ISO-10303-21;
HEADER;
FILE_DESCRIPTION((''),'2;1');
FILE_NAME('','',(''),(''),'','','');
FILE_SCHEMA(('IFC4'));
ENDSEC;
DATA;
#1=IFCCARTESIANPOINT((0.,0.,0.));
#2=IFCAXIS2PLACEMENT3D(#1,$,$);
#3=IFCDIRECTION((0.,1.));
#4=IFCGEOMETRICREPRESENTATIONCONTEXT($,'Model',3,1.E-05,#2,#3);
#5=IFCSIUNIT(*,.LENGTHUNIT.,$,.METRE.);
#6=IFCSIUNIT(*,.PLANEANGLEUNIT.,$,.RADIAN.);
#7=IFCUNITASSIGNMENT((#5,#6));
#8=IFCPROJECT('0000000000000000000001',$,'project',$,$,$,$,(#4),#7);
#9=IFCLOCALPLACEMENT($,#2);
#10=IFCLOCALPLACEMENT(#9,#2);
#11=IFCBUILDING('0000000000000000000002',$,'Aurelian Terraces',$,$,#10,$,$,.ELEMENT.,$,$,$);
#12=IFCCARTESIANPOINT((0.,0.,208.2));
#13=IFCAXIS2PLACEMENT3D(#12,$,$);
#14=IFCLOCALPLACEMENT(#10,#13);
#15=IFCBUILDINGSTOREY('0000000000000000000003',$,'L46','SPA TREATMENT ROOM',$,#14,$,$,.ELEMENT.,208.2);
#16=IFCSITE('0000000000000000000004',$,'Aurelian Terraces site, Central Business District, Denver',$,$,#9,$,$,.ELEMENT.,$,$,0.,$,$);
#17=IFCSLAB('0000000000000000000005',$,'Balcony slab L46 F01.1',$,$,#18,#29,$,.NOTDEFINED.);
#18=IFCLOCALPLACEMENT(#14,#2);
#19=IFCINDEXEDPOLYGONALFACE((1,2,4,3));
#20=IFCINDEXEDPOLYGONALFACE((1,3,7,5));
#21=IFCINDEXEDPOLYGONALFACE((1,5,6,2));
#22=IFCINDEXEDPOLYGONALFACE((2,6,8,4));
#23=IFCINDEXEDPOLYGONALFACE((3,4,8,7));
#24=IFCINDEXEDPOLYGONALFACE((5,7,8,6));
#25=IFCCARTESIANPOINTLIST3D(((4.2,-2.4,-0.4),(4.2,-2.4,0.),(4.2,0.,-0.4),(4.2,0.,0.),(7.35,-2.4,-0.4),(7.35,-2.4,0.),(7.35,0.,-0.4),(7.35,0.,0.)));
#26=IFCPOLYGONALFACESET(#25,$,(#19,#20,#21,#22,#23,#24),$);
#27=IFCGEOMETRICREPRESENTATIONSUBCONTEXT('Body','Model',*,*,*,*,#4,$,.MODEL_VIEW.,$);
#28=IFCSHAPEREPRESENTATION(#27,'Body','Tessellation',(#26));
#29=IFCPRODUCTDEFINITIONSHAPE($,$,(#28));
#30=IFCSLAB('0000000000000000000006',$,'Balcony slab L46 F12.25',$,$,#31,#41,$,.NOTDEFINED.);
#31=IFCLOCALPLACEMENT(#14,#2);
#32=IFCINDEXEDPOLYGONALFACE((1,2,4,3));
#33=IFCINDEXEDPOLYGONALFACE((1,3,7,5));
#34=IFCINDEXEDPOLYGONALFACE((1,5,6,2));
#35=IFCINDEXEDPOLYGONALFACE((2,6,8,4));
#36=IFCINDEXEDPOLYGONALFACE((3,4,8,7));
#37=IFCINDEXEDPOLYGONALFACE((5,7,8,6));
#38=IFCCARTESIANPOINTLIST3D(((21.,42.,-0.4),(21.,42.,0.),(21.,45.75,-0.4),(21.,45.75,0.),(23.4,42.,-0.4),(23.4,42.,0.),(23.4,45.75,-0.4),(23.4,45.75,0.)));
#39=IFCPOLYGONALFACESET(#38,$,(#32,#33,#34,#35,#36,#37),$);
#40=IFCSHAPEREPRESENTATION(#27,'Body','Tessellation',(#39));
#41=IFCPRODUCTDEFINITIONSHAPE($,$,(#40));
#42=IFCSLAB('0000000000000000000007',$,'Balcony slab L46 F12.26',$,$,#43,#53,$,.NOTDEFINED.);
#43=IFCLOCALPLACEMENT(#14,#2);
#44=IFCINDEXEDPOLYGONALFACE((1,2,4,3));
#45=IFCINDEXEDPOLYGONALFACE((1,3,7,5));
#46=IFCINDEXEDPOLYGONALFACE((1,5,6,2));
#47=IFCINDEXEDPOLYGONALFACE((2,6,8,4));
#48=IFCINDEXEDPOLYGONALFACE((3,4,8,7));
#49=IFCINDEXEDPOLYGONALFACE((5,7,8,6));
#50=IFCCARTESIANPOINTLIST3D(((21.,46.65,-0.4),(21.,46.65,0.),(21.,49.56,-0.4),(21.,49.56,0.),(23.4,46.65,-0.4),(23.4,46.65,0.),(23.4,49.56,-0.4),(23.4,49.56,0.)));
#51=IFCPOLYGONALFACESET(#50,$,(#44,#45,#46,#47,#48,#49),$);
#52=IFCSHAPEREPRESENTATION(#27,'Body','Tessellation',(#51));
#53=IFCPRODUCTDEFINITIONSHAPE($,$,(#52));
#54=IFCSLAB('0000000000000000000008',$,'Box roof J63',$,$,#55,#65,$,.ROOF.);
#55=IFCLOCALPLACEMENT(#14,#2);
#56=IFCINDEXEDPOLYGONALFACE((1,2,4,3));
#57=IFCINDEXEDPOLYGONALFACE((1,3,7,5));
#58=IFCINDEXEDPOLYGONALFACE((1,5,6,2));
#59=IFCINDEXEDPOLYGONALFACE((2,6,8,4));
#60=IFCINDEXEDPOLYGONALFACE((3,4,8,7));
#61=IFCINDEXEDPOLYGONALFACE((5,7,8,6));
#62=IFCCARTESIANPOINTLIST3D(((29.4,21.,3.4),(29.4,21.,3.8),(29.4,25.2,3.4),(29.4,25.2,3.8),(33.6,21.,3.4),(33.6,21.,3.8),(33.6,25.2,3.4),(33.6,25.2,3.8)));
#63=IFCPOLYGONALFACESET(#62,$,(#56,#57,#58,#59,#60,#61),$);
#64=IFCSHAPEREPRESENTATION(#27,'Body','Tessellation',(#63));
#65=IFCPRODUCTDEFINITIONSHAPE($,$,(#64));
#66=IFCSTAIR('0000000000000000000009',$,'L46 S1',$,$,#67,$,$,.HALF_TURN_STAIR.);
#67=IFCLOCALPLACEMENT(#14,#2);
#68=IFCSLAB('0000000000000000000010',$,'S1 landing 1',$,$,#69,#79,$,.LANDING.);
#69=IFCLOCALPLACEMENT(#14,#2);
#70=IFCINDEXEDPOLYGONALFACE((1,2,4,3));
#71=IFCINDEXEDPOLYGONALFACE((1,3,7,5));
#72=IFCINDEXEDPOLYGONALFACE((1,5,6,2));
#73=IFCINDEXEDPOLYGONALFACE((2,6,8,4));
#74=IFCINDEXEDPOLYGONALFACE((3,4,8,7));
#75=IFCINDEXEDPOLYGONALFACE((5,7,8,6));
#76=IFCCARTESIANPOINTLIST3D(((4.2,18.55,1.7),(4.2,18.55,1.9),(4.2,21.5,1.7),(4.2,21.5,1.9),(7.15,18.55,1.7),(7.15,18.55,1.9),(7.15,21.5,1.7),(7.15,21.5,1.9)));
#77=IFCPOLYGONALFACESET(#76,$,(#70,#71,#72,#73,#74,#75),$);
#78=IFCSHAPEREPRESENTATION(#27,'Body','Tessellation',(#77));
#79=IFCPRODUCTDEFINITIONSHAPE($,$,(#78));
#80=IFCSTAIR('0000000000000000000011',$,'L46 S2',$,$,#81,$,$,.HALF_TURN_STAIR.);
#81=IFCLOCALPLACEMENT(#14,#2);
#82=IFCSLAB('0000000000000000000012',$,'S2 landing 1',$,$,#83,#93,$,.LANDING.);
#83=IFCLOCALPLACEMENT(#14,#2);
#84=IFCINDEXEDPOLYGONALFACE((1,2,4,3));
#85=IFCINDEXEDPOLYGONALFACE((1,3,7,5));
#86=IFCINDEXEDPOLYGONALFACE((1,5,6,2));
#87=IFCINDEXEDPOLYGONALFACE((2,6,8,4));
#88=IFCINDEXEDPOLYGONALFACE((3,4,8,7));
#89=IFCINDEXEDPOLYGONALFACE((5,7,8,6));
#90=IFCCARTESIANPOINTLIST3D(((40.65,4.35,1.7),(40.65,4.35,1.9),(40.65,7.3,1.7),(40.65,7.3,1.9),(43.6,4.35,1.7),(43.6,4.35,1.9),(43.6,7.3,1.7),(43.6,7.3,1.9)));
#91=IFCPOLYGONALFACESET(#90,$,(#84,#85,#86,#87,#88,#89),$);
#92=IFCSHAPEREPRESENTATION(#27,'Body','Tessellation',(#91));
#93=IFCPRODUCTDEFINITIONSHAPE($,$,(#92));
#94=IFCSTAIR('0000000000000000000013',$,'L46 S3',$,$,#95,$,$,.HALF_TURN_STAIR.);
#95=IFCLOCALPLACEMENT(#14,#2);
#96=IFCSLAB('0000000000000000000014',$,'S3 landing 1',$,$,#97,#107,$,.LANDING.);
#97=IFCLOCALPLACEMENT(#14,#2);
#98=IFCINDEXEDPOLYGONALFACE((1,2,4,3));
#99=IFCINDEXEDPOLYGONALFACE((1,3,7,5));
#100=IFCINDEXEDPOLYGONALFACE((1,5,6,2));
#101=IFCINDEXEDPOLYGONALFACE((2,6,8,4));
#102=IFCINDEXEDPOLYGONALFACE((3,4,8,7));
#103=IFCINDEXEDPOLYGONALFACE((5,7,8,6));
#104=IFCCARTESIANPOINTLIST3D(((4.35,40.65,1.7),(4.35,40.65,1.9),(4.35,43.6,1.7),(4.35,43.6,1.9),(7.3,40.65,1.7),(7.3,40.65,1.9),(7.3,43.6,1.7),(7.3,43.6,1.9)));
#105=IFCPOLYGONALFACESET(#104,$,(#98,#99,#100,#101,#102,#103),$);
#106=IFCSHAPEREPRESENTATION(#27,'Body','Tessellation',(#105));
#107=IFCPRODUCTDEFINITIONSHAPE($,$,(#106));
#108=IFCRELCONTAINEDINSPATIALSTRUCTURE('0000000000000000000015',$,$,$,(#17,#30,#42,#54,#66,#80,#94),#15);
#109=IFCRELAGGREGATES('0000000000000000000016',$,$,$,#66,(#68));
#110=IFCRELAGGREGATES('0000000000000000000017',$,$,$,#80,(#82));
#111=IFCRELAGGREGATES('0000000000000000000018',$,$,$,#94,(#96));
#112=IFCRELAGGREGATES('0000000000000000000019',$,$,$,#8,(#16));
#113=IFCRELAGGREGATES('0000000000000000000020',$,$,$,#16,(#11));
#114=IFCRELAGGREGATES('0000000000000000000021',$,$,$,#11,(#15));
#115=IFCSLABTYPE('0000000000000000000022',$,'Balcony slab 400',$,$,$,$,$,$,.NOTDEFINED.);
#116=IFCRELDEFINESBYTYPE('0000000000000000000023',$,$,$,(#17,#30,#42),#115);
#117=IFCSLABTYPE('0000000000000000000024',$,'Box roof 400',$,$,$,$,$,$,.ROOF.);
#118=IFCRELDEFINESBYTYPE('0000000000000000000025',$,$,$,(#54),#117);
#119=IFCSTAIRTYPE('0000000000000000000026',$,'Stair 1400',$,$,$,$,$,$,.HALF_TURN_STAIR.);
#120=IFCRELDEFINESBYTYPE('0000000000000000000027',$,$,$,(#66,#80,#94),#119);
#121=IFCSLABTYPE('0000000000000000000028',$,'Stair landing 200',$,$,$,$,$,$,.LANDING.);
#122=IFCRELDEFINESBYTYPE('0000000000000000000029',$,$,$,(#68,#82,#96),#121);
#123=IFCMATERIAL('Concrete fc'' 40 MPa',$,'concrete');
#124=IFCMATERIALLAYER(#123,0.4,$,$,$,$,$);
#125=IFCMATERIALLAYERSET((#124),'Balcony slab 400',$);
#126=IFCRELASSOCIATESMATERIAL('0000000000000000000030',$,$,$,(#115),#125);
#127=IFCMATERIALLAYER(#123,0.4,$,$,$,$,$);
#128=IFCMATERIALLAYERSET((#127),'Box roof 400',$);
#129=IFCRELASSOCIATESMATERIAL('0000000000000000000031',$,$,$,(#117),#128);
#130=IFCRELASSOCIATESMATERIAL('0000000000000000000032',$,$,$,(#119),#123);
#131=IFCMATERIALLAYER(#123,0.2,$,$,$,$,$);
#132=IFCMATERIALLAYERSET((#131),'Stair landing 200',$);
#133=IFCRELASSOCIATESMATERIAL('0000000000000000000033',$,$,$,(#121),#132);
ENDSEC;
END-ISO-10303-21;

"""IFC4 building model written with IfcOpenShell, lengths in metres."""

from ifc_helpers import new_model, si_unit, direction, frame, origin, place, context, subcontext, project, spatial, polyline, outline, extrude, source, transform, mapped, material, layer, layer_set, type_object, element, aggregate, save


model = new_model("IFC4")

# Units and contexts
model_context = context("Model", 3, precision=1e-05, world=origin(), true_north=direction((0.0, 1.0)))
body_context = subcontext(model_context, "Body", "Model", "MODEL_VIEW")
ifc_project = project(units=[si_unit("LENGTHUNIT", "METRE"), si_unit("PLANEANGLEUNIT", "RADIAN")], contexts=[model_context])

# Site, building, storey
site_placement = place(None, origin())
site = spatial("IfcSite", under=ifc_project, at=site_placement, Name="Aurelian Terraces site, Central Business District, Denver", CompositionType="ELEMENT", RefElevation=0.0)
building_placement = place(site_placement, origin())
building = spatial("IfcBuilding", under=site, at=building_placement, Name="Aurelian Terraces", CompositionType="ELEMENT")
storey_placement = place(building_placement, frame((0.0, 0.0, 208.2)))
storey = spatial("IfcBuildingStorey", under=building, at=storey_placement, Name="L46", Description="SPA TREATMENT ROOM", CompositionType="ELEMENT", Elevation=208.2)

# Slabs
ifc_material = material(Name="Concrete fc' 40 MPa", Category="concrete")
ifc_layer_1 = layer(ifc_material, 0.4)
ifc_layer_set_1 = layer_set([ifc_layer_1], Name="Balcony slab 400")
slab_type_1 = type_object("IfcSlabType", Name="Balcony slab 400", PredefinedType="NOTDEFINED", material=ifc_layer_set_1)
shared_shape_1 = source(origin(), body_context, "Body", "SweptSolid", [
    extrude(outline(polyline([(4.2, 0.0), (7.35, 0.0), (7.35, -2.4), (4.2, -2.4), (4.2, 0.0)])), origin(), (0.0, 0.0, 1.0), 0.4),
])
slab_1_placement = place(storey_placement, frame((0.0, 0.0, -0.4)))
element("IfcSlab", 1, at=slab_1_placement, inside=storey, type_object=slab_type_1, Name="Balcony slab L46 F01.1", PredefinedType="NOTDEFINED", context=body_context, shape_type="MappedRepresentation", body=[
    mapped(shared_shape_1, transform((0.0, 0.0, 0.0), scale=1.0)),
])
shared_shape_2 = source(origin(), body_context, "Body", "SweptSolid", [
    extrude(outline(polyline([(21.0, 42.0), (21.0, 45.75), (23.4, 45.75), (23.4, 42.0), (21.0, 42.0)])), origin(), (0.0, 0.0, 1.0), 0.4),
])
slab_2_placement = place(storey_placement, frame((0.0, 0.0, -0.4)))
element("IfcSlab", 2, at=slab_2_placement, inside=storey, type_object=slab_type_1, Name="Balcony slab L46 F12.25", PredefinedType="NOTDEFINED", context=body_context, shape_type="MappedRepresentation", body=[
    mapped(shared_shape_2, transform((0.0, 0.0, 0.0), scale=1.0)),
])
shared_shape_3 = source(origin(), body_context, "Body", "SweptSolid", [
    extrude(outline(polyline([(21.0, 46.65), (21.0, 49.56), (23.4, 49.56), (23.4, 46.65), (21.0, 46.65)])), origin(), (0.0, 0.0, 1.0), 0.4),
])
slab_3_placement = place(storey_placement, frame((0.0, 0.0, -0.4)))
element("IfcSlab", 3, at=slab_3_placement, inside=storey, type_object=slab_type_1, Name="Balcony slab L46 F12.26", PredefinedType="NOTDEFINED", context=body_context, shape_type="MappedRepresentation", body=[
    mapped(shared_shape_3, transform((0.0, 0.0, 0.0), scale=1.0)),
])
ifc_layer_2 = layer(ifc_material, 0.4)
ifc_layer_set_2 = layer_set([ifc_layer_2], Name="Box roof 400")
slab_type_2 = type_object("IfcSlabType", Name="Box roof 400", PredefinedType="ROOF", material=ifc_layer_set_2)
shared_shape_4 = source(origin(), body_context, "Body", "SweptSolid", [
    extrude(outline(polyline([(33.6, 25.2), (29.4, 25.2), (29.4, 21.0), (33.6, 21.0), (33.6, 25.2)])), origin(), (0.0, 0.0, 1.0), 0.4),
])
slab_4_placement = place(storey_placement, frame((0.0, 0.0, 3.4)))
element("IfcSlab", 4, at=slab_4_placement, inside=storey, type_object=slab_type_2, Name="Box roof J63", PredefinedType="ROOF", context=body_context, shape_type="MappedRepresentation", body=[
    mapped(shared_shape_4, transform((0.0, 0.0, 0.0), scale=1.0)),
])

# Stairs, slabs
stair_type = type_object("IfcStairType", Name="Stair 1400", PredefinedType="HALF_TURN_STAIR", material=ifc_material)
stair_1_placement = place(storey_placement, origin())
stair_1 = element("IfcStair", 5, at=stair_1_placement, inside=storey, type_object=stair_type, Name="L46 S1", PredefinedType="HALF_TURN_STAIR")
ifc_layer_3 = layer(ifc_material, 0.2)
ifc_layer_set_3 = layer_set([ifc_layer_3], Name="Stair landing 200")
slab_type_3 = type_object("IfcSlabType", Name="Stair landing 200", PredefinedType="LANDING", material=ifc_layer_set_3)
shared_shape_5 = source(origin(), body_context, "Body", "SweptSolid", [
    extrude(outline(polyline([(7.15, 18.55), (7.15, 21.5), (4.2, 21.5), (4.2, 18.55), (7.15, 18.55)])), origin(), (0.0, 0.0, 1.0), 0.2),
])
slab_5_placement = place(storey_placement, frame((0.0, 0.0, 1.7)))
slab_5 = element("IfcSlab", 6, at=slab_5_placement, type_object=slab_type_3, Name="S1 landing 1", PredefinedType="LANDING", context=body_context, shape_type="MappedRepresentation", body=[
    mapped(shared_shape_5, transform((0.0, 0.0, 0.0), scale=1.0)),
])
aggregate(stair_1, [slab_5])
stair_2_placement = place(storey_placement, origin())
stair_2 = element("IfcStair", 7, at=stair_2_placement, inside=storey, type_object=stair_type, Name="L46 S2", PredefinedType="HALF_TURN_STAIR")
shared_shape_6 = source(origin(), body_context, "Body", "SweptSolid", [
    extrude(outline(polyline([(43.6, 4.35), (43.6, 7.3), (40.65, 7.3), (40.65, 4.35), (43.6, 4.35)])), origin(), (0.0, 0.0, 1.0), 0.2),
])
slab_6_placement = place(storey_placement, frame((0.0, 0.0, 1.7)))
slab_6 = element("IfcSlab", 8, at=slab_6_placement, type_object=slab_type_3, Name="S2 landing 1", PredefinedType="LANDING", context=body_context, shape_type="MappedRepresentation", body=[
    mapped(shared_shape_6, transform((0.0, 0.0, 0.0), scale=1.0)),
])
aggregate(stair_2, [slab_6])
stair_3_placement = place(storey_placement, origin())
stair_3 = element("IfcStair", 9, at=stair_3_placement, inside=storey, type_object=stair_type, Name="L46 S3", PredefinedType="HALF_TURN_STAIR")
shared_shape_7 = source(origin(), body_context, "Body", "SweptSolid", [
    extrude(outline(polyline([(4.35, 40.65), (7.3, 40.65), (7.3, 43.6), (4.35, 43.6), (4.35, 40.65)])), origin(), (0.0, 0.0, 1.0), 0.2),
])
slab_7_placement = place(storey_placement, frame((0.0, 0.0, 1.7)))
slab_7 = element("IfcSlab", 10, at=slab_7_placement, type_object=slab_type_3, Name="S3 landing 1", PredefinedType="LANDING", context=body_context, shape_type="MappedRepresentation", body=[
    mapped(shared_shape_7, transform((0.0, 0.0, 0.0), scale=1.0)),
])
aggregate(stair_3, [slab_7])

save(model, "model.ifc")
